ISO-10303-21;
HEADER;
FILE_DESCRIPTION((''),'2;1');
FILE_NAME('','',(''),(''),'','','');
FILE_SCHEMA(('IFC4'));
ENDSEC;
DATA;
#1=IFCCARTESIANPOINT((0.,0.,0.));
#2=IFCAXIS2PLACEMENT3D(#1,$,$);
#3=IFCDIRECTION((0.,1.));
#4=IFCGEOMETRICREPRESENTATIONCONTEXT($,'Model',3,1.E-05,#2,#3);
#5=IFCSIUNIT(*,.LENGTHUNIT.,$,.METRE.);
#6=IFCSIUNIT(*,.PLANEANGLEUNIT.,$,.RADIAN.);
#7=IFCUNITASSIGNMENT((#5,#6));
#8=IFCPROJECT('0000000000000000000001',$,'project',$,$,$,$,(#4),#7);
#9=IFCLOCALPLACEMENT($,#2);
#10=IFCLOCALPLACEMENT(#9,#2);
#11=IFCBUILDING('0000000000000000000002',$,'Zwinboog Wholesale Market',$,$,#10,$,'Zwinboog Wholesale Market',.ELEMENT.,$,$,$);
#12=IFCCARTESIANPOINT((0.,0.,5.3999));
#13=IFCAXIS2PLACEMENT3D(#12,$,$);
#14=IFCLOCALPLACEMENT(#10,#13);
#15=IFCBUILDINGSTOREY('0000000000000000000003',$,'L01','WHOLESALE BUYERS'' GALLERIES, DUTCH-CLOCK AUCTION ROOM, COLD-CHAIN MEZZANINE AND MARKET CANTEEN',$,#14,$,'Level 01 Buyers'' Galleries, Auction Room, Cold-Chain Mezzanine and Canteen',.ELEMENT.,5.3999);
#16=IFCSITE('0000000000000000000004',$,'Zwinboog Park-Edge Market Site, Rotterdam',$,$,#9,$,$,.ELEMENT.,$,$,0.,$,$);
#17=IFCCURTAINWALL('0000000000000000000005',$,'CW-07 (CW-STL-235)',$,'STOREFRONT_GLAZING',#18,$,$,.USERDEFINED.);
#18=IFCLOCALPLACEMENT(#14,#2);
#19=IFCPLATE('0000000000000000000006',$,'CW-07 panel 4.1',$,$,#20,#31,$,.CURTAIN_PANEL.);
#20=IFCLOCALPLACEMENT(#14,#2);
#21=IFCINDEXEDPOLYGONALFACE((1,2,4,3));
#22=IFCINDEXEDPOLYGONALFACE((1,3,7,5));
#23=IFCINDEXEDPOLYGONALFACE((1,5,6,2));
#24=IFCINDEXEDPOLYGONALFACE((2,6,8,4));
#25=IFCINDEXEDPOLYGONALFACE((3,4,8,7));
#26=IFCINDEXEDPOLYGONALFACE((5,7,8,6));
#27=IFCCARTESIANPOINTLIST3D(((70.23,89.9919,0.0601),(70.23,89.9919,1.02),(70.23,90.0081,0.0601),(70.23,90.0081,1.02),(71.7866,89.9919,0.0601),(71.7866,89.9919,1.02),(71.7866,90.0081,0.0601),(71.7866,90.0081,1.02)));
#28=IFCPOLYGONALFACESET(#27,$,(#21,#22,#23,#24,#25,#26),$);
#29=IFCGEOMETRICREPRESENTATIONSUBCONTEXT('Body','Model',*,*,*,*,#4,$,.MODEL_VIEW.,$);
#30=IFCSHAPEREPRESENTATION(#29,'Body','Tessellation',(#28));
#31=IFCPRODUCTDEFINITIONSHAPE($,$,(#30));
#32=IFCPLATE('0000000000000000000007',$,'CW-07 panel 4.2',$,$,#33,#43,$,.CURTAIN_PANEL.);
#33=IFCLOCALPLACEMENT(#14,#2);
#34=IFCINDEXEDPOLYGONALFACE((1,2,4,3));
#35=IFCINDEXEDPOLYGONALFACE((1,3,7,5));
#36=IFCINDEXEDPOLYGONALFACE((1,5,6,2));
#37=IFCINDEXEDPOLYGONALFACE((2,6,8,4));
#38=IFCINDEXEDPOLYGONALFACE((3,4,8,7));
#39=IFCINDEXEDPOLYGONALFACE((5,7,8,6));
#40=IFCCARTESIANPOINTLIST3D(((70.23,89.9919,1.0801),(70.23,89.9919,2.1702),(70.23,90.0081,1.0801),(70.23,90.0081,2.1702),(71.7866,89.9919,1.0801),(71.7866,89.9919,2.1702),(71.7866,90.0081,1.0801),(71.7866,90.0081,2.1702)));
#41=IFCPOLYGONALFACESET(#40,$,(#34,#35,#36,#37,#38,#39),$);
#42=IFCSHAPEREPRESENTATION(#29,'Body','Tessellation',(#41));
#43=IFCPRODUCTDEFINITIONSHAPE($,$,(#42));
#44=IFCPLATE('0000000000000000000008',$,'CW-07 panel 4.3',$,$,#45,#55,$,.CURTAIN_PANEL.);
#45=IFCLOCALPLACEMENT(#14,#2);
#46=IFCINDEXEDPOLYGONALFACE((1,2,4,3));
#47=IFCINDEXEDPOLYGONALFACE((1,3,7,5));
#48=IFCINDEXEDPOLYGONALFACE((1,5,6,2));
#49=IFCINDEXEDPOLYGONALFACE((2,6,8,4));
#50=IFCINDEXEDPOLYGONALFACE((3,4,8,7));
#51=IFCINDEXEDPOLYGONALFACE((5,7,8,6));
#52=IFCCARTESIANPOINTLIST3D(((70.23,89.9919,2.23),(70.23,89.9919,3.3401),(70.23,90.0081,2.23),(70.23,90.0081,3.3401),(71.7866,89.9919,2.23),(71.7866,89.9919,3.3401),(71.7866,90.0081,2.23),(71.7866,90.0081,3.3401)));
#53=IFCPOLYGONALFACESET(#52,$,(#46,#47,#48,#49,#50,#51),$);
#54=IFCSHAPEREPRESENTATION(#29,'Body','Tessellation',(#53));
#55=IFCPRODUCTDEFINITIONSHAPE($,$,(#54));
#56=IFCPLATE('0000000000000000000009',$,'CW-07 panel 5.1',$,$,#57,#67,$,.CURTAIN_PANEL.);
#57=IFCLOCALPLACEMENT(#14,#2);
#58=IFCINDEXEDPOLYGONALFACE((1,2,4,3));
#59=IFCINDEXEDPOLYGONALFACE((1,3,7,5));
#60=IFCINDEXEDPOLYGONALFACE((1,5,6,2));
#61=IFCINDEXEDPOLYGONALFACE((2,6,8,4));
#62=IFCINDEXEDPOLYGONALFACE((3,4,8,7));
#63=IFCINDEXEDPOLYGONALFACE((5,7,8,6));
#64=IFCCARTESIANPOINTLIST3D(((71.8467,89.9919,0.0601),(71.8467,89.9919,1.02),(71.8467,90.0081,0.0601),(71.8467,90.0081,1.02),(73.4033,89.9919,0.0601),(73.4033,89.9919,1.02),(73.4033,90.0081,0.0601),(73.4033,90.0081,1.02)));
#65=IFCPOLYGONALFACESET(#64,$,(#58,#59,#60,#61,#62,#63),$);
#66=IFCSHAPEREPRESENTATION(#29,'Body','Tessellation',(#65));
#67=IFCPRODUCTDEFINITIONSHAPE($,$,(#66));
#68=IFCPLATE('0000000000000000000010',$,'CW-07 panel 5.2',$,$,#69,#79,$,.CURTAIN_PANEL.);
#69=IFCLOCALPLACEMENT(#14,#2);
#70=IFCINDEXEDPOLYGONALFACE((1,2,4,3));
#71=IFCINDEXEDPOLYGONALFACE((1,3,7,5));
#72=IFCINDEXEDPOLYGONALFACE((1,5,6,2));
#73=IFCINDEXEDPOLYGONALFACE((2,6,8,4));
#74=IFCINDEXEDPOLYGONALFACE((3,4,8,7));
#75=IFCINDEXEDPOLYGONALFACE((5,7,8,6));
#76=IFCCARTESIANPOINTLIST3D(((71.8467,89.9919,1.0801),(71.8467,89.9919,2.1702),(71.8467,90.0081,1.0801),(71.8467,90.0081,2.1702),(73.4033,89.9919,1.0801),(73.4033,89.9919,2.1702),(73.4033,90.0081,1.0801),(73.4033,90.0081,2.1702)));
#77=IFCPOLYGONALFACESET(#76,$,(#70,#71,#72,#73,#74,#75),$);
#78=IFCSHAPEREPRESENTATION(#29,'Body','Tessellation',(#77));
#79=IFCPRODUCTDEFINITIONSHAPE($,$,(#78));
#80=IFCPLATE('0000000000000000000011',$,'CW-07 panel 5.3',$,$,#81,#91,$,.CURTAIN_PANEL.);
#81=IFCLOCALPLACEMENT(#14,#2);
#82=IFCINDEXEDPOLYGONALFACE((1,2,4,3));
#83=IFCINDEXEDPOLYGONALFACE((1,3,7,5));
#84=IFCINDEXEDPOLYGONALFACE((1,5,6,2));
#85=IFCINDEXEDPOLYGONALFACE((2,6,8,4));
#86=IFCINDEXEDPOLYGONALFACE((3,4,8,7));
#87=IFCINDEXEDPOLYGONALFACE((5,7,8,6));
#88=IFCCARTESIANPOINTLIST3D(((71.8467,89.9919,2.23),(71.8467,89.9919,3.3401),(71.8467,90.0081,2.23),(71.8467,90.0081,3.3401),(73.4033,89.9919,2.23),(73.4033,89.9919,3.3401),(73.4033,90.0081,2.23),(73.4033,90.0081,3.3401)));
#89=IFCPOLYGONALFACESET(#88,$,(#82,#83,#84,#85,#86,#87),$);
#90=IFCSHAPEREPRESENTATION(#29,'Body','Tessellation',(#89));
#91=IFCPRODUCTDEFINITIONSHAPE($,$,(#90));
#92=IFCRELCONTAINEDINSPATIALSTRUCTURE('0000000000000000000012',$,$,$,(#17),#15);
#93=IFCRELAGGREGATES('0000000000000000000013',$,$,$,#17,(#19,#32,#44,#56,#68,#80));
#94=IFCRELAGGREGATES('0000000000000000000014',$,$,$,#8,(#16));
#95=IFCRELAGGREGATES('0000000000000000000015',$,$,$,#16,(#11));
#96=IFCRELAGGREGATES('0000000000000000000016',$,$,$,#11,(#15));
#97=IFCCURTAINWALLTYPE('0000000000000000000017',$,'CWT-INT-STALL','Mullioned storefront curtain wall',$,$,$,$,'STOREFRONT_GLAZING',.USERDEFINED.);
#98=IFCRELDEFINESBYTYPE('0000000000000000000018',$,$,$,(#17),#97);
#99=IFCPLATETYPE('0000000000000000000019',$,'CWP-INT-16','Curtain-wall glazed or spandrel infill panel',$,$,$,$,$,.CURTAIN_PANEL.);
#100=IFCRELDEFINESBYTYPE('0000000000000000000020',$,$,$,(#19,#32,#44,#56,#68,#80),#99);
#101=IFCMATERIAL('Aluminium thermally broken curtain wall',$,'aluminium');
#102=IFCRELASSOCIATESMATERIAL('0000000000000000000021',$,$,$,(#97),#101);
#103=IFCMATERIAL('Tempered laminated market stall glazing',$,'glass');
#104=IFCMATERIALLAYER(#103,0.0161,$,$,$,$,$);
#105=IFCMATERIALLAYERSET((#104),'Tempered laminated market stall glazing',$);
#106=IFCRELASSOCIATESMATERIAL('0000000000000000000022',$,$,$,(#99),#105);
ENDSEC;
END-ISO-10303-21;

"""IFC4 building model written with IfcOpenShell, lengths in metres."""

from ifc_helpers import new_model, si_unit, direction, frame, origin, origin_2d, place, context, subcontext, project, spatial, rectangle, extrude, material, layer, layer_set, type_object, element, aggregate, save


model = new_model("IFC4")

# Units and contexts
model_context = context("Model", 3, precision=1e-05, world=origin(), true_north=direction((0.0, 1.0)))
body_context = subcontext(model_context, "Body", "Model", "MODEL_VIEW")
ifc_project = project(units=[si_unit("LENGTHUNIT", "METRE"), si_unit("PLANEANGLEUNIT", "RADIAN")], contexts=[model_context])

# Site, building, storey
site_placement = place(None, origin())
site = spatial("IfcSite", under=ifc_project, at=site_placement, Name="Zwinboog Park-Edge Market Site, Rotterdam", CompositionType="ELEMENT", RefElevation=0.0)
building_placement = place(site_placement, origin())
building = spatial("IfcBuilding", under=site, at=building_placement, Name="Zwinboog Wholesale Market", LongName="Zwinboog Wholesale Market", CompositionType="ELEMENT")
storey_placement = place(building_placement, frame((0.0, 0.0, 5.3999)))
storey = spatial("IfcBuildingStorey", under=building, at=storey_placement, Name="L01", Description="WHOLESALE BUYERS' GALLERIES, DUTCH-CLOCK AUCTION ROOM, COLD-CHAIN MEZZANINE AND MARKET CANTEEN", LongName="Level 01 Buyers' Galleries, Auction Room, Cold-Chain Mezzanine and Canteen", CompositionType="ELEMENT", Elevation=5.3999)

# Curtain wall, plates
ifc_material_1 = material(Name="Aluminium thermally broken curtain wall", Category="aluminium")
curtain_wall_type = type_object("IfcCurtainWallType", Name="CWT-INT-STALL", Description="Mullioned storefront curtain wall", ElementType="STOREFRONT_GLAZING", PredefinedType="USERDEFINED", material=ifc_material_1)
curtain_wall_placement = place(storey_placement, origin())
curtain_wall = element("IfcCurtainWall", 1, at=curtain_wall_placement, inside=storey, type_object=curtain_wall_type, Name="CW-07 (CW-STL-235)", ObjectType="STOREFRONT_GLAZING", PredefinedType="USERDEFINED")
ifc_material_2 = material(Name="Tempered laminated market stall glazing", Category="glass")
ifc_layer = layer(ifc_material_2, 0.0161)
ifc_layer_set = layer_set([ifc_layer], Name="Tempered laminated market stall glazing")
plate_type = type_object("IfcPlateType", Name="CWP-INT-16", Description="Curtain-wall glazed or spandrel infill panel", PredefinedType="CURTAIN_PANEL", material=ifc_layer_set)
plate_1_placement = place(storey_placement, frame((71.0083, 90.0, 0.0601), z_axis=(0.0, 0.0, 1.0), x_axis=(1.0, 0.0, 0.0)))
plate_1 = element("IfcPlate", 2, at=plate_1_placement, type_object=plate_type, Name="CW-07 panel 4.1", PredefinedType="CURTAIN_PANEL", context=body_context, shape_type="SweptSolid", body=[
    extrude(rectangle(XDim=1.5566, YDim=0.0161, at=origin_2d()), origin(), (0.0, 0.0, 1.0), 0.96),
])
plate_2_placement = place(storey_placement, frame((71.0083, 90.0, 1.0801), z_axis=(0.0, 0.0, 1.0), x_axis=(1.0, 0.0, 0.0)))
plate_2 = element("IfcPlate", 3, at=plate_2_placement, type_object=plate_type, Name="CW-07 panel 4.2", PredefinedType="CURTAIN_PANEL", context=body_context, shape_type="SweptSolid", body=[
    extrude(rectangle(XDim=1.5566, YDim=0.0161, at=origin_2d()), origin(), (0.0, 0.0, 1.0), 1.0901),
])
plate_3_placement = place(storey_placement, frame((71.0083, 90.0, 2.23), z_axis=(0.0, 0.0, 1.0), x_axis=(1.0, 0.0, 0.0)))
plate_3 = element("IfcPlate", 4, at=plate_3_placement, type_object=plate_type, Name="CW-07 panel 4.3", PredefinedType="CURTAIN_PANEL", context=body_context, shape_type="SweptSolid", body=[
    extrude(rectangle(XDim=1.5566, YDim=0.0161, at=origin_2d()), origin(), (0.0, 0.0, 1.0), 1.1101),
])
plate_4_placement = place(storey_placement, frame((72.625, 90.0, 0.0601), z_axis=(0.0, 0.0, 1.0), x_axis=(1.0, 0.0, 0.0)))
plate_4 = element("IfcPlate", 5, at=plate_4_placement, type_object=plate_type, Name="CW-07 panel 5.1", PredefinedType="CURTAIN_PANEL", context=body_context, shape_type="SweptSolid", body=[
    extrude(rectangle(XDim=1.5566, YDim=0.0161, at=origin_2d()), origin(), (0.0, 0.0, 1.0), 0.96),
])
plate_5_placement = place(storey_placement, frame((72.625, 90.0, 1.0801), z_axis=(0.0, 0.0, 1.0), x_axis=(1.0, 0.0, 0.0)))
plate_5 = element("IfcPlate", 6, at=plate_5_placement, type_object=plate_type, Name="CW-07 panel 5.2", PredefinedType="CURTAIN_PANEL", context=body_context, shape_type="SweptSolid", body=[
    extrude(rectangle(XDim=1.5566, YDim=0.0161, at=origin_2d()), origin(), (0.0, 0.0, 1.0), 1.0901),
])
plate_6_placement = place(storey_placement, frame((72.625, 90.0, 2.23), z_axis=(0.0, 0.0, 1.0), x_axis=(1.0, 0.0, 0.0)))
plate_6 = element("IfcPlate", 7, at=plate_6_placement, type_object=plate_type, Name="CW-07 panel 5.3", PredefinedType="CURTAIN_PANEL", context=body_context, shape_type="SweptSolid", body=[
    extrude(rectangle(XDim=1.5566, YDim=0.0161, at=origin_2d()), origin(), (0.0, 0.0, 1.0), 1.1101),
])
aggregate(curtain_wall, [plate_1, plate_2, plate_3, plate_4, plate_5, plate_6])

save(model, "model.ifc")
